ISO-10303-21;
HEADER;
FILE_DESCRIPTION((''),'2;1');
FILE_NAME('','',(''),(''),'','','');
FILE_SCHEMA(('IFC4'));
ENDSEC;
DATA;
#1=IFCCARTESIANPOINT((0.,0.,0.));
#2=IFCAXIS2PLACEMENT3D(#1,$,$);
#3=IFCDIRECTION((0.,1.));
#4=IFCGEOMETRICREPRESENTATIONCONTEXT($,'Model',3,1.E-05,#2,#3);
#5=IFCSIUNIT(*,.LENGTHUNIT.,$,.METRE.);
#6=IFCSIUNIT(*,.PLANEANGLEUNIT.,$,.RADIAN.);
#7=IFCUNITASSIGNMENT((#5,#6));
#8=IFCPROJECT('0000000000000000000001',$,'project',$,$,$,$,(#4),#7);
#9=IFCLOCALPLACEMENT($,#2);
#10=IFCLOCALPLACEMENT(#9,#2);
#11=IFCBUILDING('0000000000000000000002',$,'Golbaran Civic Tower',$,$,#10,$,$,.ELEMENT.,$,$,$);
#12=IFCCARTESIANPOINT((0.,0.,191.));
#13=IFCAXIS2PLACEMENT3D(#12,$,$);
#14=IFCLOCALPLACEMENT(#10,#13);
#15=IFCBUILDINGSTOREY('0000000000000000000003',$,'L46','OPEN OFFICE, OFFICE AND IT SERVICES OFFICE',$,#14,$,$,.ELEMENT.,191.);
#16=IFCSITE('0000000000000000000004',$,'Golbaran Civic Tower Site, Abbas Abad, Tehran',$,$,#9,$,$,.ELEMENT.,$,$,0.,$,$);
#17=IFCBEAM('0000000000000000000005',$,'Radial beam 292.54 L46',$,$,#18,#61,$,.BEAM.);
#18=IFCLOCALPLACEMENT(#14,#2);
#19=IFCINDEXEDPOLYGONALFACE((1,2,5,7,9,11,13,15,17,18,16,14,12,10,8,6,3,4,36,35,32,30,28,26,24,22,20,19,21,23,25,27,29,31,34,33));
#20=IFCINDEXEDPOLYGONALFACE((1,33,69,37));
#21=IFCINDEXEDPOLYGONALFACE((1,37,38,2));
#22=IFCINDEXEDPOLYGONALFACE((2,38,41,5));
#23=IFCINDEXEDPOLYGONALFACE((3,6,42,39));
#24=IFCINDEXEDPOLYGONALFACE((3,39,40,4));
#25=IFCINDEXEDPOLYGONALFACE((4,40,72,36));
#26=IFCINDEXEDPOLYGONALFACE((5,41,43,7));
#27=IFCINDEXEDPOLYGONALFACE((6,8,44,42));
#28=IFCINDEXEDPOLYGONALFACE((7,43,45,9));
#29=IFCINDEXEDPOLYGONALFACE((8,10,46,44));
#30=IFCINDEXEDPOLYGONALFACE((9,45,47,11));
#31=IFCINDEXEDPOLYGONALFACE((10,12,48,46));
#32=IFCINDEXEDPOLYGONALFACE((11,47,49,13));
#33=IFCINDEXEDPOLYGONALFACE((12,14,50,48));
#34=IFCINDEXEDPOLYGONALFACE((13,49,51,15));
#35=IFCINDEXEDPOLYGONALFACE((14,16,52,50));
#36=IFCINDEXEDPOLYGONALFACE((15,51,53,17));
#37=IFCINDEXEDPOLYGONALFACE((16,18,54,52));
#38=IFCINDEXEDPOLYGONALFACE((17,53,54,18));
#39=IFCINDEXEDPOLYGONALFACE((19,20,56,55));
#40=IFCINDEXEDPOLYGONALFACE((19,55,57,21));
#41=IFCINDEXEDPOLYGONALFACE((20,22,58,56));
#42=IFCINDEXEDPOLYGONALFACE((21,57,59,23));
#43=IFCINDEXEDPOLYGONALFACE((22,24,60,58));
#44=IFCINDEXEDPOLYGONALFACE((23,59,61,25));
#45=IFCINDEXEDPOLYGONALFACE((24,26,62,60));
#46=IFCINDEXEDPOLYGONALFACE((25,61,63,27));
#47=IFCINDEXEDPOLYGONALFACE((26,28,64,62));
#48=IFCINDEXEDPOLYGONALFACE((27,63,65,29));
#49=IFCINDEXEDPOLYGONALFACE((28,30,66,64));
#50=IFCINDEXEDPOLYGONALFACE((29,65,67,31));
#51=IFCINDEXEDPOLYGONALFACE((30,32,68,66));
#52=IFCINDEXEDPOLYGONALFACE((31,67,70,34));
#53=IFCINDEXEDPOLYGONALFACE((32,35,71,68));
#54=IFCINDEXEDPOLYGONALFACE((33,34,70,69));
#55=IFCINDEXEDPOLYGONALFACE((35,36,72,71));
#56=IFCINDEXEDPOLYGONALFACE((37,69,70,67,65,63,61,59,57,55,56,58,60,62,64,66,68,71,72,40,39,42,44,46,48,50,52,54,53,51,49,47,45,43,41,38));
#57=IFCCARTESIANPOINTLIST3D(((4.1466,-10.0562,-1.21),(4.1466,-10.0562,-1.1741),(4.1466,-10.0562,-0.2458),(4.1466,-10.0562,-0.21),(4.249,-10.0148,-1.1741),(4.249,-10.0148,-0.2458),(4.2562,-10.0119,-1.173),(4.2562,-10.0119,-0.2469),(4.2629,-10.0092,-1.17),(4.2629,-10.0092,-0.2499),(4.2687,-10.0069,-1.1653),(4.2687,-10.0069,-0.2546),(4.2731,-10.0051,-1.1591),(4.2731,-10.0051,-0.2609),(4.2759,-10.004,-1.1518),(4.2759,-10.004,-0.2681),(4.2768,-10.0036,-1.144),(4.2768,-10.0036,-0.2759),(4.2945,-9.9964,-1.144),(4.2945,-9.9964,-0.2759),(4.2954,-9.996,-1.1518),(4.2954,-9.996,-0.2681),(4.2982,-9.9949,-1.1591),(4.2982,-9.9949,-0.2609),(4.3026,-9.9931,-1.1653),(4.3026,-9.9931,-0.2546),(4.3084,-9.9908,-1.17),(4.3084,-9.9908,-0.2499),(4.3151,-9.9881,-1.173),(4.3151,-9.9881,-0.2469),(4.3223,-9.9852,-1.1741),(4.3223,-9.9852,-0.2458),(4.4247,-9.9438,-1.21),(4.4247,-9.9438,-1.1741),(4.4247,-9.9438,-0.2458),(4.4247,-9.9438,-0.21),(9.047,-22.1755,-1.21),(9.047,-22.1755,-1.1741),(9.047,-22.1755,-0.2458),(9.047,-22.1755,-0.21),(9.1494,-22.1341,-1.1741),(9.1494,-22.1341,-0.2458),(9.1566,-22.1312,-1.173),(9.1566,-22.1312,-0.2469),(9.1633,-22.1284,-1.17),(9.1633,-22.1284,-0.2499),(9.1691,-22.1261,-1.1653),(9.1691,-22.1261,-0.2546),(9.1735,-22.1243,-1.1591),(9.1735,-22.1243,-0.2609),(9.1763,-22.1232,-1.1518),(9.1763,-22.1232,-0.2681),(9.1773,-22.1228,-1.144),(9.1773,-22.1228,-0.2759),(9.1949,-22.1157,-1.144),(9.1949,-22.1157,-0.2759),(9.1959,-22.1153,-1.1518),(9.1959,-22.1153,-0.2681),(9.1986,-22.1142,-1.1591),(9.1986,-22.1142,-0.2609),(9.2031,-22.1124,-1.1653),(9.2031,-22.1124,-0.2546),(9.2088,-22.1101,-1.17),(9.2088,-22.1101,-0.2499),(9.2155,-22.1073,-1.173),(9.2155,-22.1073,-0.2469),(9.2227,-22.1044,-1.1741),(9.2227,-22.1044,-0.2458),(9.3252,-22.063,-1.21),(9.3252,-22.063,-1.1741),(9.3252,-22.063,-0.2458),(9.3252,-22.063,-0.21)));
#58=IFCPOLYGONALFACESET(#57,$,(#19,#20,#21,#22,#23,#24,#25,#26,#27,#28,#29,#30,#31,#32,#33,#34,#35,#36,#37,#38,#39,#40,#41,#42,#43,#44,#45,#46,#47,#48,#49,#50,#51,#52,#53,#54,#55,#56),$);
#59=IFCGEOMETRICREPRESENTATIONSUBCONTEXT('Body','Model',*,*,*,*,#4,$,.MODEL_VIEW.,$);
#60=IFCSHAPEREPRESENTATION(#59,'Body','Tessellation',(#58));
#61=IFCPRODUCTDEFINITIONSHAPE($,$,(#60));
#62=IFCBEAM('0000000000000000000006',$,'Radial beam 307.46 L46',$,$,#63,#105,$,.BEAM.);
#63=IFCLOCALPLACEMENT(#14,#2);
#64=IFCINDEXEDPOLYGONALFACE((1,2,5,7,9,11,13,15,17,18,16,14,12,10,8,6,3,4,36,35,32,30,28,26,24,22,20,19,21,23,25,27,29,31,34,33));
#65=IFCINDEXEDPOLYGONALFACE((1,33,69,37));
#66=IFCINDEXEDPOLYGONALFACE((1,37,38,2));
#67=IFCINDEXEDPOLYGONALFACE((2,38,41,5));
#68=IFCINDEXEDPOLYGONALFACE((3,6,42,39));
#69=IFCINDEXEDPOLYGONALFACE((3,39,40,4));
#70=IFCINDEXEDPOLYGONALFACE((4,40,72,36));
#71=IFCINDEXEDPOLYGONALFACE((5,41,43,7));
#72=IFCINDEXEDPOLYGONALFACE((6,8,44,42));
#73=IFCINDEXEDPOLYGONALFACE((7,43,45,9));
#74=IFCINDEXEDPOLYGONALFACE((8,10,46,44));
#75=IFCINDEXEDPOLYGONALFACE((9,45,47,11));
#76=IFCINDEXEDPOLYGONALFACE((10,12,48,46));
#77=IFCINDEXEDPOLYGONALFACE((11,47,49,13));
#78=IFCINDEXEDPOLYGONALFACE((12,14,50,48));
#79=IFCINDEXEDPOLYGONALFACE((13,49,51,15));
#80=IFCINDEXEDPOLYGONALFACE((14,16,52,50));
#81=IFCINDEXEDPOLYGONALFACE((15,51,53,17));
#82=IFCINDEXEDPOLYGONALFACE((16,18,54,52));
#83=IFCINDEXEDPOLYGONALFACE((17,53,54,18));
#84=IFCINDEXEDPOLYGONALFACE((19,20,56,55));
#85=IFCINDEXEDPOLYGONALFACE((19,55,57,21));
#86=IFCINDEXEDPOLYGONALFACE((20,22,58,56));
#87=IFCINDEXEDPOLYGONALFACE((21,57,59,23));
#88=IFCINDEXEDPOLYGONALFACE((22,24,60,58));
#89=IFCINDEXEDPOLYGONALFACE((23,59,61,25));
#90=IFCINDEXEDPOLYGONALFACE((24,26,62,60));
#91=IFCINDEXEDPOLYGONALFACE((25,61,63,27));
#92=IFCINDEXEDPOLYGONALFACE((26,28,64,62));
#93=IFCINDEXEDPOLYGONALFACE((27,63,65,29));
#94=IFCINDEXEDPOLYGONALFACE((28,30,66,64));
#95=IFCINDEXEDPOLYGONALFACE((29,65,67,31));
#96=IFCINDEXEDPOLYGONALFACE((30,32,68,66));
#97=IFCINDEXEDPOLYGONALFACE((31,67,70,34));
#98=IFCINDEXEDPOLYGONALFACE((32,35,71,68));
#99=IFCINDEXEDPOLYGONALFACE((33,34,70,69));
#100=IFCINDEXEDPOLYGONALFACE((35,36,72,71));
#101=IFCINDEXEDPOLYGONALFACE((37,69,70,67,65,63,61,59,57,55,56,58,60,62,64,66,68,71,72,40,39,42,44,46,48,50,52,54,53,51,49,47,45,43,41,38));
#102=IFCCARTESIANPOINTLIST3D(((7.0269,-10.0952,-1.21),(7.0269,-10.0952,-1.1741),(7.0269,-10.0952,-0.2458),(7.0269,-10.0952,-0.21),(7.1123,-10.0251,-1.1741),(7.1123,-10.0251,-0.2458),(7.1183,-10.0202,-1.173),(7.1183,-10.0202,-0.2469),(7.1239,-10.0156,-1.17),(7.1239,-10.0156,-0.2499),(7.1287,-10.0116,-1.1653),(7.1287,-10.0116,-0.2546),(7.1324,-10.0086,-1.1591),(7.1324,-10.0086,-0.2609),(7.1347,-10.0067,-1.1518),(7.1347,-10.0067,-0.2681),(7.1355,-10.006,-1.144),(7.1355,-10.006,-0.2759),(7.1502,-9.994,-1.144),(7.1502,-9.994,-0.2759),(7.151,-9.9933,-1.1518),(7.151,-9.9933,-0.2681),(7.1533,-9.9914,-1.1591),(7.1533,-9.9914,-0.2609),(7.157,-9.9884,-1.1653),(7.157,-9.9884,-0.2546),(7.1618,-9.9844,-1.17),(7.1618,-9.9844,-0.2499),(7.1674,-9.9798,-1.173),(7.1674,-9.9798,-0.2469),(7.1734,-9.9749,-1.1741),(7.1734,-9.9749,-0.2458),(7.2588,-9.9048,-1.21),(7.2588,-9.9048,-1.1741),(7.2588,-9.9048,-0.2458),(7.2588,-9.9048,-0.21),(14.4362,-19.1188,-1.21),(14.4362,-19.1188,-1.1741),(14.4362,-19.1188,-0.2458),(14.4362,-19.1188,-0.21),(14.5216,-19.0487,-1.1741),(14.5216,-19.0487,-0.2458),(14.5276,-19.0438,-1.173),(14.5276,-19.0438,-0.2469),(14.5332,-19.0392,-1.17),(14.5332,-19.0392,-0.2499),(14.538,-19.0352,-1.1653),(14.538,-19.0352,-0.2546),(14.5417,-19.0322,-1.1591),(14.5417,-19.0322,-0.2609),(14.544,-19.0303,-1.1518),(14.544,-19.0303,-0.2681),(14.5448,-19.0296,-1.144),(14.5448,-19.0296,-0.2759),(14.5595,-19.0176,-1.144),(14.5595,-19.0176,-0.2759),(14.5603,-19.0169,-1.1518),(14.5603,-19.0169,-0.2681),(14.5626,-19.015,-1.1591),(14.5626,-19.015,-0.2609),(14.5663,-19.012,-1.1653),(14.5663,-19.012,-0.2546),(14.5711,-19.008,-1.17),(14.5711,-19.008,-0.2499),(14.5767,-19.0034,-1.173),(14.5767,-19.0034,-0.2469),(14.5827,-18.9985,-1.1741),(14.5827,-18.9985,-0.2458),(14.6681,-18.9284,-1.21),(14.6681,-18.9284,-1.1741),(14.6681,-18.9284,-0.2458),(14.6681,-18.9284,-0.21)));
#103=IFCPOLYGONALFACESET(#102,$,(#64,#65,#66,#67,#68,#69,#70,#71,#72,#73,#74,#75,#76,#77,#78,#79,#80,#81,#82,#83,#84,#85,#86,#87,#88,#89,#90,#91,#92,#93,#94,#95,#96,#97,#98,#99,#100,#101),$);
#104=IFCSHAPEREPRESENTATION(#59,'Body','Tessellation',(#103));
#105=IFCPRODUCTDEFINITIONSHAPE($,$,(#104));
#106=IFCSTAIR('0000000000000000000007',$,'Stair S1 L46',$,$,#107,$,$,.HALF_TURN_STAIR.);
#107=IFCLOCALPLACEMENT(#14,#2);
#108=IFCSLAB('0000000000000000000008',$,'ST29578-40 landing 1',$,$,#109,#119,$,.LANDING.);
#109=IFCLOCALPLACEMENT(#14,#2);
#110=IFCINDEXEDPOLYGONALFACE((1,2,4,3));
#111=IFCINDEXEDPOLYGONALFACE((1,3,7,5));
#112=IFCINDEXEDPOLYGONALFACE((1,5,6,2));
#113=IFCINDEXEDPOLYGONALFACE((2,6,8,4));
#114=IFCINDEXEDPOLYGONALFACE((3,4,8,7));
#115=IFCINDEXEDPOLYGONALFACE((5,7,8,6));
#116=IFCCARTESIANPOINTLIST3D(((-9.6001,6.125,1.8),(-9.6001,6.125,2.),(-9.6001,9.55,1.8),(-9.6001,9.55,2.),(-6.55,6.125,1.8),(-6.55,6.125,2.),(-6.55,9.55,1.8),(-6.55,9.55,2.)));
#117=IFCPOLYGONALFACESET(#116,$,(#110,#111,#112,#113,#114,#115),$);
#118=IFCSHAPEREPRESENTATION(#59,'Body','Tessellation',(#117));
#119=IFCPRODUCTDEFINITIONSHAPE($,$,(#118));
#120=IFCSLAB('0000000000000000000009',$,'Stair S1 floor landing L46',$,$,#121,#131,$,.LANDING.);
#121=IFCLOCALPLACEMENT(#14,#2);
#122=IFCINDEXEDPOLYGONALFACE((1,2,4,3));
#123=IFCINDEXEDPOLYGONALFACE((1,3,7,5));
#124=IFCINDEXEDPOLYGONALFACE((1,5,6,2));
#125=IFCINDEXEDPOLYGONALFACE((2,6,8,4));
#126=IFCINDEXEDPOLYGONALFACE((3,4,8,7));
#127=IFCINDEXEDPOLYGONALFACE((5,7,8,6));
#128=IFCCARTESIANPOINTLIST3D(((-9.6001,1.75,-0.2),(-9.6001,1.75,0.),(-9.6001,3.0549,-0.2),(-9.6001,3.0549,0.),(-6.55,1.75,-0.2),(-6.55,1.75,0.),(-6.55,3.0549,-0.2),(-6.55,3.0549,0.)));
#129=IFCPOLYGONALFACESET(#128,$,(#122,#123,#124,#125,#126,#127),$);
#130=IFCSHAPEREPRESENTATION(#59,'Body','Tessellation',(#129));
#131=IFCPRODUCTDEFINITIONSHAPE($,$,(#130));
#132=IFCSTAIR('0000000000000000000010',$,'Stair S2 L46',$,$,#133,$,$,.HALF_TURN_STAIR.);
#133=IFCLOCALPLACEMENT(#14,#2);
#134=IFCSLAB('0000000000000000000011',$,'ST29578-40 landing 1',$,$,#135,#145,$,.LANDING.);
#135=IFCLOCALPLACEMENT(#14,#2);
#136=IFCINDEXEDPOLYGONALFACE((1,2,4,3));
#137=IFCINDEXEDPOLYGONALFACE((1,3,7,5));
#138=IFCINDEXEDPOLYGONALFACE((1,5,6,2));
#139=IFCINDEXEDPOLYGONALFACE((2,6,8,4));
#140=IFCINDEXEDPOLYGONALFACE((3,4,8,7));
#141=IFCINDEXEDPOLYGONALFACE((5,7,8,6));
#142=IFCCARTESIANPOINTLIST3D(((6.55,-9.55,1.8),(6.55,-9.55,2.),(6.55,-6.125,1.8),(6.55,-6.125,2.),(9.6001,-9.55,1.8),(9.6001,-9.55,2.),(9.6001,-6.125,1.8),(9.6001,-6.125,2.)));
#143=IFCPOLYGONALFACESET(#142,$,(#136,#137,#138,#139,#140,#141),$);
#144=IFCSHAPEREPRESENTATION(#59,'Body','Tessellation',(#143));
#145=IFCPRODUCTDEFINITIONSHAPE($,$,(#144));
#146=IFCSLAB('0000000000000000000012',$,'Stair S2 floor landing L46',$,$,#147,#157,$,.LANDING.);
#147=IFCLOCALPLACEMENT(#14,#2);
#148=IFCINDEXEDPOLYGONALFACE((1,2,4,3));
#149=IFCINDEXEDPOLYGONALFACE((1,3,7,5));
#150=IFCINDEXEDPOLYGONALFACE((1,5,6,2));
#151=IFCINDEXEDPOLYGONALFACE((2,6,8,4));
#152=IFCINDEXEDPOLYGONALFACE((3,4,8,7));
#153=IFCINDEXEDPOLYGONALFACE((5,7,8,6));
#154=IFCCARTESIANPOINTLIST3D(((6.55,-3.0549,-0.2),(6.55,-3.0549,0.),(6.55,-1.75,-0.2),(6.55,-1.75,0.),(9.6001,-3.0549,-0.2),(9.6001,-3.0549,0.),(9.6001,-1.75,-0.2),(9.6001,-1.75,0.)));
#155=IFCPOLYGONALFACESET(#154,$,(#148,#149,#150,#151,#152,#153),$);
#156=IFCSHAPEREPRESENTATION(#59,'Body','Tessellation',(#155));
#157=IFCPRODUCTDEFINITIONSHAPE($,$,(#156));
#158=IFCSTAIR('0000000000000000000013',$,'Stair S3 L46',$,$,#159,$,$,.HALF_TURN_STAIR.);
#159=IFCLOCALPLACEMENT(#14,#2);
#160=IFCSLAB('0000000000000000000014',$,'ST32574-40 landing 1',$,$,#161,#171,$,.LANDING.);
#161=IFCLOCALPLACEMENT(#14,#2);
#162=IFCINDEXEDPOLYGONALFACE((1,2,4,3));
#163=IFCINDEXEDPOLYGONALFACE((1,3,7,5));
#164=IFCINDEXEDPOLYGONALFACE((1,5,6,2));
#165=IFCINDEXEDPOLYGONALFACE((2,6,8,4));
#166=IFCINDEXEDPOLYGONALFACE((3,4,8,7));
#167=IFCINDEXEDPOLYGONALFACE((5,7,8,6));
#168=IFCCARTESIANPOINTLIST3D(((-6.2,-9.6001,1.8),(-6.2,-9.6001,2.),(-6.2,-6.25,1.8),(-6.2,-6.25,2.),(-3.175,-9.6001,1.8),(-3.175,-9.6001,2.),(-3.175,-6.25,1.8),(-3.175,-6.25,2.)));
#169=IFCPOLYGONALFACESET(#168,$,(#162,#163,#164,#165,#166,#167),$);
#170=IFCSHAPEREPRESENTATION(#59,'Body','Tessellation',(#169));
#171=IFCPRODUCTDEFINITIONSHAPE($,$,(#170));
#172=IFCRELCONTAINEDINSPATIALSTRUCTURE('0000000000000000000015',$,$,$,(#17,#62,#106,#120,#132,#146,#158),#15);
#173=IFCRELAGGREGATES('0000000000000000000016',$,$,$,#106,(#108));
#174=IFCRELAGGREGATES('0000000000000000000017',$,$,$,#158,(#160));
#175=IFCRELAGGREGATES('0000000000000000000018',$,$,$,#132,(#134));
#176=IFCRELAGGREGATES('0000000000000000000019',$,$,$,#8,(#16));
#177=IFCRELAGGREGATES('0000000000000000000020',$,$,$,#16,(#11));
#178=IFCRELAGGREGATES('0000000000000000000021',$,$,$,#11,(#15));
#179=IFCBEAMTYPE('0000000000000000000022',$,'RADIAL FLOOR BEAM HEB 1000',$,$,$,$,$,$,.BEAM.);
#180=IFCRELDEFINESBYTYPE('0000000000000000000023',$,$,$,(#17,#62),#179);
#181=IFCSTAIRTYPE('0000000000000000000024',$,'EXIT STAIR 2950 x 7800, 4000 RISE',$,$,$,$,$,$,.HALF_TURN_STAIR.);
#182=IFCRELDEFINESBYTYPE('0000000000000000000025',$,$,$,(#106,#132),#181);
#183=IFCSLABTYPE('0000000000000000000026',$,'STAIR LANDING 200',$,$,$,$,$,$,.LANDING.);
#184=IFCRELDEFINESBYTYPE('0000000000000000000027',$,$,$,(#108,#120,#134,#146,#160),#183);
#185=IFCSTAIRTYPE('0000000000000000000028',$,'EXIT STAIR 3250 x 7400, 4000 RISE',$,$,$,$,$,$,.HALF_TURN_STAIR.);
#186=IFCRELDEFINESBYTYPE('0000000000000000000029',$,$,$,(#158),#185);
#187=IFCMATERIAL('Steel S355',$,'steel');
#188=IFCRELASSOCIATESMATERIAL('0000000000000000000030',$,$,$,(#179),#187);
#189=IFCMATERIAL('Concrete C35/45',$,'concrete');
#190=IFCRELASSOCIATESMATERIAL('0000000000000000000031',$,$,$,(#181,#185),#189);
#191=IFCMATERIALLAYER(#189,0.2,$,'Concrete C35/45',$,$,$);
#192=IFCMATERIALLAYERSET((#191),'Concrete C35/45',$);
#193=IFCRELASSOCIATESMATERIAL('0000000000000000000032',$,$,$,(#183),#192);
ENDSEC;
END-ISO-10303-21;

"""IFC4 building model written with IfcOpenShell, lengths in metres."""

from ifc_helpers import new_model, si_unit, direction, frame, origin, origin_2d, place, context, subcontext, project, spatial, polyline, i_section, outline, extrude, material, layer, layer_set, material_profile, profile_set, type_object, element, aggregate, save


model = new_model("IFC4")

# Units and contexts
model_context = context("Model", 3, precision=1e-05, world=origin(), true_north=direction((0.0, 1.0)))
body_context = subcontext(model_context, "Body", "Model", "MODEL_VIEW")
ifc_project = project(units=[si_unit("LENGTHUNIT", "METRE"), si_unit("PLANEANGLEUNIT", "RADIAN")], contexts=[model_context])

# Site, building, storey
site_placement = place(None, origin())
site = spatial("IfcSite", under=ifc_project, at=site_placement, Name="Golbaran Civic Tower Site, Abbas Abad, Tehran", CompositionType="ELEMENT", RefElevation=0.0)
building_placement = place(site_placement, origin())
building = spatial("IfcBuilding", under=site, at=building_placement, Name="Golbaran Civic Tower", CompositionType="ELEMENT")
storey_placement = place(building_placement, frame((0.0, 0.0, 191.0)))
storey = spatial("IfcBuildingStorey", under=building, at=storey_placement, Name="L46", Description="OPEN OFFICE, OFFICE AND IT SERVICES OFFICE", CompositionType="ELEMENT", Elevation=191.0)

# Beams
ifc_material_1 = material(Name="Steel S355", Category="steel")
ifc_material_profile_1 = material_profile(ifc_material_1, i_section(OverallWidth=0.3, OverallDepth=1.0, WebThickness=0.019, FlangeThickness=0.0359, FilletRadius=0.03, at=origin_2d()), Name="HEB 1000")
ifc_profile_set_1 = profile_set([ifc_material_profile_1], Name="Steel S355")
beam_type_1 = type_object("IfcBeamType", Name="RADIAL FLOOR BEAM HEB 1000", PredefinedType="BEAM", material=ifc_profile_set_1)
beam_1_placement = place(storey_placement, frame((4.2856, -10.0, -0.71), z_axis=(0.374866, -0.927079, 0.0), x_axis=(0.927079, 0.374866, 0.0)))
element("IfcBeam", 1, at=beam_1_placement, inside=storey, type_object=beam_type_1, Name="Radial beam 292.54 L46", PredefinedType="BEAM", context=body_context, shape_type="SweptSolid", body=[
    extrude(i_section(OverallWidth=0.3, OverallDepth=1.0, WebThickness=0.019, FlangeThickness=0.0359, FilletRadius=0.03, at=origin_2d()), origin(), (0.0, 0.0, 1.0), 13.0725),
])
beam_2_placement = place(storey_placement, frame((7.1428, -10.0, -0.71), z_axis=(0.634592, -0.772847, 0.0), x_axis=(0.772847, 0.634592, 0.0)))
element("IfcBeam", 2, at=beam_2_placement, inside=storey, type_object=beam_type_1, Name="Radial beam 307.46 L46", PredefinedType="BEAM", context=body_context, shape_type="SweptSolid", body=[
    extrude(i_section(OverallWidth=0.3, OverallDepth=1.0, WebThickness=0.019, FlangeThickness=0.0359, FilletRadius=0.03, at=origin_2d()), origin(), (0.0, 0.0, 1.0), 11.6758),
])

# Stair, slab
ifc_material_2 = material(Name="Concrete C35/45", Category="concrete")
stair_type_1 = type_object("IfcStairType", Name="EXIT STAIR 2950 x 7800, 4000 RISE", PredefinedType="HALF_TURN_STAIR", material=ifc_material_2)
stair_1_placement = place(storey_placement, origin())
stair_1 = element("IfcStair", 3, at=stair_1_placement, inside=storey, type_object=stair_type_1, Name="Stair S1 L46", PredefinedType="HALF_TURN_STAIR")
ifc_layer_1 = layer(ifc_material_2, 0.2, Name="Concrete C35/45")
ifc_layer_set_1 = layer_set([ifc_layer_1], Name="Concrete C35/45")
slab_type = type_object("IfcSlabType", Name="STAIR LANDING 200", PredefinedType="LANDING", material=ifc_layer_set_1)
slab_1_placement = place(storey_placement, frame((0.0, 0.0, 1.8)))
slab_1 = element("IfcSlab", 4, at=slab_1_placement, type_object=slab_type, Name="ST29578-40 landing 1", PredefinedType="LANDING", context=body_context, shape_type="SweptSolid", body=[
    extrude(outline(polyline([(-9.6001, 6.125), (-9.6001, 9.55), (-6.55, 9.55), (-6.55, 6.125), (-9.6001, 6.125)])), origin(), (0.0, 0.0, 1.0), 0.2),
])
aggregate(stair_1, [slab_1])

# Slab
slab_2_placement = place(storey_placement, frame((0.0, 0.0, -0.2)))
element("IfcSlab", 5, at=slab_2_placement, inside=storey, type_object=slab_type, Name="Stair S1 floor landing L46", PredefinedType="LANDING", context=body_context, shape_type="SweptSolid", body=[
    extrude(outline(polyline([(-9.6001, 1.75), (-9.6001, 3.0549), (-6.55, 3.0549), (-6.55, 1.75), (-9.6001, 1.75)])), origin(), (0.0, 0.0, 1.0), 0.2),
])

# Stair, slab
stair_2_placement = place(storey_placement, origin())
stair_2 = element("IfcStair", 6, at=stair_2_placement, inside=storey, type_object=stair_type_1, Name="Stair S2 L46", PredefinedType="HALF_TURN_STAIR")
slab_3_placement = place(storey_placement, frame((0.0, 0.0, 1.8)))
slab_3 = element("IfcSlab", 7, at=slab_3_placement, type_object=slab_type, Name="ST29578-40 landing 1", PredefinedType="LANDING", context=body_context, shape_type="SweptSolid", body=[
    extrude(outline(polyline([(9.6001, -6.125), (9.6001, -9.55), (6.55, -9.55), (6.55, -6.125), (9.6001, -6.125)])), origin(), (0.0, 0.0, 1.0), 0.2),
])

# Slab
slab_4_placement = place(storey_placement, frame((0.0, 0.0, -0.2)))
element("IfcSlab", 8, at=slab_4_placement, inside=storey, type_object=slab_type, Name="Stair S2 floor landing L46", PredefinedType="LANDING", context=body_context, shape_type="SweptSolid", body=[
    extrude(outline(polyline([(9.6001, -1.75), (9.6001, -3.0549), (6.55, -3.0549), (6.55, -1.75), (9.6001, -1.75)])), origin(), (0.0, 0.0, 1.0), 0.2),
])

# Stair, slab
stair_type_2 = type_object("IfcStairType", Name="EXIT STAIR 3250 x 7400, 4000 RISE", PredefinedType="HALF_TURN_STAIR", material=ifc_material_2)
stair_3_placement = place(storey_placement, origin())
stair_3 = element("IfcStair", 9, at=stair_3_placement, inside=storey, type_object=stair_type_2, Name="Stair S3 L46", PredefinedType="HALF_TURN_STAIR")
slab_5_placement = place(storey_placement, frame((0.0, 0.0, 1.8)))
slab_5 = element("IfcSlab", 10, at=slab_5_placement, type_object=slab_type, Name="ST32574-40 landing 1", PredefinedType="LANDING", context=body_context, shape_type="SweptSolid", body=[
    extrude(outline(polyline([(-3.175, -9.6001), (-6.2, -9.6001), (-6.2, -6.25), (-3.175, -6.25), (-3.175, -9.6001)])), origin(), (0.0, 0.0, 1.0), 0.2),
])
aggregate(stair_3, [slab_5])

aggregate(stair_2, [slab_3])

save(model, "model.ifc")
